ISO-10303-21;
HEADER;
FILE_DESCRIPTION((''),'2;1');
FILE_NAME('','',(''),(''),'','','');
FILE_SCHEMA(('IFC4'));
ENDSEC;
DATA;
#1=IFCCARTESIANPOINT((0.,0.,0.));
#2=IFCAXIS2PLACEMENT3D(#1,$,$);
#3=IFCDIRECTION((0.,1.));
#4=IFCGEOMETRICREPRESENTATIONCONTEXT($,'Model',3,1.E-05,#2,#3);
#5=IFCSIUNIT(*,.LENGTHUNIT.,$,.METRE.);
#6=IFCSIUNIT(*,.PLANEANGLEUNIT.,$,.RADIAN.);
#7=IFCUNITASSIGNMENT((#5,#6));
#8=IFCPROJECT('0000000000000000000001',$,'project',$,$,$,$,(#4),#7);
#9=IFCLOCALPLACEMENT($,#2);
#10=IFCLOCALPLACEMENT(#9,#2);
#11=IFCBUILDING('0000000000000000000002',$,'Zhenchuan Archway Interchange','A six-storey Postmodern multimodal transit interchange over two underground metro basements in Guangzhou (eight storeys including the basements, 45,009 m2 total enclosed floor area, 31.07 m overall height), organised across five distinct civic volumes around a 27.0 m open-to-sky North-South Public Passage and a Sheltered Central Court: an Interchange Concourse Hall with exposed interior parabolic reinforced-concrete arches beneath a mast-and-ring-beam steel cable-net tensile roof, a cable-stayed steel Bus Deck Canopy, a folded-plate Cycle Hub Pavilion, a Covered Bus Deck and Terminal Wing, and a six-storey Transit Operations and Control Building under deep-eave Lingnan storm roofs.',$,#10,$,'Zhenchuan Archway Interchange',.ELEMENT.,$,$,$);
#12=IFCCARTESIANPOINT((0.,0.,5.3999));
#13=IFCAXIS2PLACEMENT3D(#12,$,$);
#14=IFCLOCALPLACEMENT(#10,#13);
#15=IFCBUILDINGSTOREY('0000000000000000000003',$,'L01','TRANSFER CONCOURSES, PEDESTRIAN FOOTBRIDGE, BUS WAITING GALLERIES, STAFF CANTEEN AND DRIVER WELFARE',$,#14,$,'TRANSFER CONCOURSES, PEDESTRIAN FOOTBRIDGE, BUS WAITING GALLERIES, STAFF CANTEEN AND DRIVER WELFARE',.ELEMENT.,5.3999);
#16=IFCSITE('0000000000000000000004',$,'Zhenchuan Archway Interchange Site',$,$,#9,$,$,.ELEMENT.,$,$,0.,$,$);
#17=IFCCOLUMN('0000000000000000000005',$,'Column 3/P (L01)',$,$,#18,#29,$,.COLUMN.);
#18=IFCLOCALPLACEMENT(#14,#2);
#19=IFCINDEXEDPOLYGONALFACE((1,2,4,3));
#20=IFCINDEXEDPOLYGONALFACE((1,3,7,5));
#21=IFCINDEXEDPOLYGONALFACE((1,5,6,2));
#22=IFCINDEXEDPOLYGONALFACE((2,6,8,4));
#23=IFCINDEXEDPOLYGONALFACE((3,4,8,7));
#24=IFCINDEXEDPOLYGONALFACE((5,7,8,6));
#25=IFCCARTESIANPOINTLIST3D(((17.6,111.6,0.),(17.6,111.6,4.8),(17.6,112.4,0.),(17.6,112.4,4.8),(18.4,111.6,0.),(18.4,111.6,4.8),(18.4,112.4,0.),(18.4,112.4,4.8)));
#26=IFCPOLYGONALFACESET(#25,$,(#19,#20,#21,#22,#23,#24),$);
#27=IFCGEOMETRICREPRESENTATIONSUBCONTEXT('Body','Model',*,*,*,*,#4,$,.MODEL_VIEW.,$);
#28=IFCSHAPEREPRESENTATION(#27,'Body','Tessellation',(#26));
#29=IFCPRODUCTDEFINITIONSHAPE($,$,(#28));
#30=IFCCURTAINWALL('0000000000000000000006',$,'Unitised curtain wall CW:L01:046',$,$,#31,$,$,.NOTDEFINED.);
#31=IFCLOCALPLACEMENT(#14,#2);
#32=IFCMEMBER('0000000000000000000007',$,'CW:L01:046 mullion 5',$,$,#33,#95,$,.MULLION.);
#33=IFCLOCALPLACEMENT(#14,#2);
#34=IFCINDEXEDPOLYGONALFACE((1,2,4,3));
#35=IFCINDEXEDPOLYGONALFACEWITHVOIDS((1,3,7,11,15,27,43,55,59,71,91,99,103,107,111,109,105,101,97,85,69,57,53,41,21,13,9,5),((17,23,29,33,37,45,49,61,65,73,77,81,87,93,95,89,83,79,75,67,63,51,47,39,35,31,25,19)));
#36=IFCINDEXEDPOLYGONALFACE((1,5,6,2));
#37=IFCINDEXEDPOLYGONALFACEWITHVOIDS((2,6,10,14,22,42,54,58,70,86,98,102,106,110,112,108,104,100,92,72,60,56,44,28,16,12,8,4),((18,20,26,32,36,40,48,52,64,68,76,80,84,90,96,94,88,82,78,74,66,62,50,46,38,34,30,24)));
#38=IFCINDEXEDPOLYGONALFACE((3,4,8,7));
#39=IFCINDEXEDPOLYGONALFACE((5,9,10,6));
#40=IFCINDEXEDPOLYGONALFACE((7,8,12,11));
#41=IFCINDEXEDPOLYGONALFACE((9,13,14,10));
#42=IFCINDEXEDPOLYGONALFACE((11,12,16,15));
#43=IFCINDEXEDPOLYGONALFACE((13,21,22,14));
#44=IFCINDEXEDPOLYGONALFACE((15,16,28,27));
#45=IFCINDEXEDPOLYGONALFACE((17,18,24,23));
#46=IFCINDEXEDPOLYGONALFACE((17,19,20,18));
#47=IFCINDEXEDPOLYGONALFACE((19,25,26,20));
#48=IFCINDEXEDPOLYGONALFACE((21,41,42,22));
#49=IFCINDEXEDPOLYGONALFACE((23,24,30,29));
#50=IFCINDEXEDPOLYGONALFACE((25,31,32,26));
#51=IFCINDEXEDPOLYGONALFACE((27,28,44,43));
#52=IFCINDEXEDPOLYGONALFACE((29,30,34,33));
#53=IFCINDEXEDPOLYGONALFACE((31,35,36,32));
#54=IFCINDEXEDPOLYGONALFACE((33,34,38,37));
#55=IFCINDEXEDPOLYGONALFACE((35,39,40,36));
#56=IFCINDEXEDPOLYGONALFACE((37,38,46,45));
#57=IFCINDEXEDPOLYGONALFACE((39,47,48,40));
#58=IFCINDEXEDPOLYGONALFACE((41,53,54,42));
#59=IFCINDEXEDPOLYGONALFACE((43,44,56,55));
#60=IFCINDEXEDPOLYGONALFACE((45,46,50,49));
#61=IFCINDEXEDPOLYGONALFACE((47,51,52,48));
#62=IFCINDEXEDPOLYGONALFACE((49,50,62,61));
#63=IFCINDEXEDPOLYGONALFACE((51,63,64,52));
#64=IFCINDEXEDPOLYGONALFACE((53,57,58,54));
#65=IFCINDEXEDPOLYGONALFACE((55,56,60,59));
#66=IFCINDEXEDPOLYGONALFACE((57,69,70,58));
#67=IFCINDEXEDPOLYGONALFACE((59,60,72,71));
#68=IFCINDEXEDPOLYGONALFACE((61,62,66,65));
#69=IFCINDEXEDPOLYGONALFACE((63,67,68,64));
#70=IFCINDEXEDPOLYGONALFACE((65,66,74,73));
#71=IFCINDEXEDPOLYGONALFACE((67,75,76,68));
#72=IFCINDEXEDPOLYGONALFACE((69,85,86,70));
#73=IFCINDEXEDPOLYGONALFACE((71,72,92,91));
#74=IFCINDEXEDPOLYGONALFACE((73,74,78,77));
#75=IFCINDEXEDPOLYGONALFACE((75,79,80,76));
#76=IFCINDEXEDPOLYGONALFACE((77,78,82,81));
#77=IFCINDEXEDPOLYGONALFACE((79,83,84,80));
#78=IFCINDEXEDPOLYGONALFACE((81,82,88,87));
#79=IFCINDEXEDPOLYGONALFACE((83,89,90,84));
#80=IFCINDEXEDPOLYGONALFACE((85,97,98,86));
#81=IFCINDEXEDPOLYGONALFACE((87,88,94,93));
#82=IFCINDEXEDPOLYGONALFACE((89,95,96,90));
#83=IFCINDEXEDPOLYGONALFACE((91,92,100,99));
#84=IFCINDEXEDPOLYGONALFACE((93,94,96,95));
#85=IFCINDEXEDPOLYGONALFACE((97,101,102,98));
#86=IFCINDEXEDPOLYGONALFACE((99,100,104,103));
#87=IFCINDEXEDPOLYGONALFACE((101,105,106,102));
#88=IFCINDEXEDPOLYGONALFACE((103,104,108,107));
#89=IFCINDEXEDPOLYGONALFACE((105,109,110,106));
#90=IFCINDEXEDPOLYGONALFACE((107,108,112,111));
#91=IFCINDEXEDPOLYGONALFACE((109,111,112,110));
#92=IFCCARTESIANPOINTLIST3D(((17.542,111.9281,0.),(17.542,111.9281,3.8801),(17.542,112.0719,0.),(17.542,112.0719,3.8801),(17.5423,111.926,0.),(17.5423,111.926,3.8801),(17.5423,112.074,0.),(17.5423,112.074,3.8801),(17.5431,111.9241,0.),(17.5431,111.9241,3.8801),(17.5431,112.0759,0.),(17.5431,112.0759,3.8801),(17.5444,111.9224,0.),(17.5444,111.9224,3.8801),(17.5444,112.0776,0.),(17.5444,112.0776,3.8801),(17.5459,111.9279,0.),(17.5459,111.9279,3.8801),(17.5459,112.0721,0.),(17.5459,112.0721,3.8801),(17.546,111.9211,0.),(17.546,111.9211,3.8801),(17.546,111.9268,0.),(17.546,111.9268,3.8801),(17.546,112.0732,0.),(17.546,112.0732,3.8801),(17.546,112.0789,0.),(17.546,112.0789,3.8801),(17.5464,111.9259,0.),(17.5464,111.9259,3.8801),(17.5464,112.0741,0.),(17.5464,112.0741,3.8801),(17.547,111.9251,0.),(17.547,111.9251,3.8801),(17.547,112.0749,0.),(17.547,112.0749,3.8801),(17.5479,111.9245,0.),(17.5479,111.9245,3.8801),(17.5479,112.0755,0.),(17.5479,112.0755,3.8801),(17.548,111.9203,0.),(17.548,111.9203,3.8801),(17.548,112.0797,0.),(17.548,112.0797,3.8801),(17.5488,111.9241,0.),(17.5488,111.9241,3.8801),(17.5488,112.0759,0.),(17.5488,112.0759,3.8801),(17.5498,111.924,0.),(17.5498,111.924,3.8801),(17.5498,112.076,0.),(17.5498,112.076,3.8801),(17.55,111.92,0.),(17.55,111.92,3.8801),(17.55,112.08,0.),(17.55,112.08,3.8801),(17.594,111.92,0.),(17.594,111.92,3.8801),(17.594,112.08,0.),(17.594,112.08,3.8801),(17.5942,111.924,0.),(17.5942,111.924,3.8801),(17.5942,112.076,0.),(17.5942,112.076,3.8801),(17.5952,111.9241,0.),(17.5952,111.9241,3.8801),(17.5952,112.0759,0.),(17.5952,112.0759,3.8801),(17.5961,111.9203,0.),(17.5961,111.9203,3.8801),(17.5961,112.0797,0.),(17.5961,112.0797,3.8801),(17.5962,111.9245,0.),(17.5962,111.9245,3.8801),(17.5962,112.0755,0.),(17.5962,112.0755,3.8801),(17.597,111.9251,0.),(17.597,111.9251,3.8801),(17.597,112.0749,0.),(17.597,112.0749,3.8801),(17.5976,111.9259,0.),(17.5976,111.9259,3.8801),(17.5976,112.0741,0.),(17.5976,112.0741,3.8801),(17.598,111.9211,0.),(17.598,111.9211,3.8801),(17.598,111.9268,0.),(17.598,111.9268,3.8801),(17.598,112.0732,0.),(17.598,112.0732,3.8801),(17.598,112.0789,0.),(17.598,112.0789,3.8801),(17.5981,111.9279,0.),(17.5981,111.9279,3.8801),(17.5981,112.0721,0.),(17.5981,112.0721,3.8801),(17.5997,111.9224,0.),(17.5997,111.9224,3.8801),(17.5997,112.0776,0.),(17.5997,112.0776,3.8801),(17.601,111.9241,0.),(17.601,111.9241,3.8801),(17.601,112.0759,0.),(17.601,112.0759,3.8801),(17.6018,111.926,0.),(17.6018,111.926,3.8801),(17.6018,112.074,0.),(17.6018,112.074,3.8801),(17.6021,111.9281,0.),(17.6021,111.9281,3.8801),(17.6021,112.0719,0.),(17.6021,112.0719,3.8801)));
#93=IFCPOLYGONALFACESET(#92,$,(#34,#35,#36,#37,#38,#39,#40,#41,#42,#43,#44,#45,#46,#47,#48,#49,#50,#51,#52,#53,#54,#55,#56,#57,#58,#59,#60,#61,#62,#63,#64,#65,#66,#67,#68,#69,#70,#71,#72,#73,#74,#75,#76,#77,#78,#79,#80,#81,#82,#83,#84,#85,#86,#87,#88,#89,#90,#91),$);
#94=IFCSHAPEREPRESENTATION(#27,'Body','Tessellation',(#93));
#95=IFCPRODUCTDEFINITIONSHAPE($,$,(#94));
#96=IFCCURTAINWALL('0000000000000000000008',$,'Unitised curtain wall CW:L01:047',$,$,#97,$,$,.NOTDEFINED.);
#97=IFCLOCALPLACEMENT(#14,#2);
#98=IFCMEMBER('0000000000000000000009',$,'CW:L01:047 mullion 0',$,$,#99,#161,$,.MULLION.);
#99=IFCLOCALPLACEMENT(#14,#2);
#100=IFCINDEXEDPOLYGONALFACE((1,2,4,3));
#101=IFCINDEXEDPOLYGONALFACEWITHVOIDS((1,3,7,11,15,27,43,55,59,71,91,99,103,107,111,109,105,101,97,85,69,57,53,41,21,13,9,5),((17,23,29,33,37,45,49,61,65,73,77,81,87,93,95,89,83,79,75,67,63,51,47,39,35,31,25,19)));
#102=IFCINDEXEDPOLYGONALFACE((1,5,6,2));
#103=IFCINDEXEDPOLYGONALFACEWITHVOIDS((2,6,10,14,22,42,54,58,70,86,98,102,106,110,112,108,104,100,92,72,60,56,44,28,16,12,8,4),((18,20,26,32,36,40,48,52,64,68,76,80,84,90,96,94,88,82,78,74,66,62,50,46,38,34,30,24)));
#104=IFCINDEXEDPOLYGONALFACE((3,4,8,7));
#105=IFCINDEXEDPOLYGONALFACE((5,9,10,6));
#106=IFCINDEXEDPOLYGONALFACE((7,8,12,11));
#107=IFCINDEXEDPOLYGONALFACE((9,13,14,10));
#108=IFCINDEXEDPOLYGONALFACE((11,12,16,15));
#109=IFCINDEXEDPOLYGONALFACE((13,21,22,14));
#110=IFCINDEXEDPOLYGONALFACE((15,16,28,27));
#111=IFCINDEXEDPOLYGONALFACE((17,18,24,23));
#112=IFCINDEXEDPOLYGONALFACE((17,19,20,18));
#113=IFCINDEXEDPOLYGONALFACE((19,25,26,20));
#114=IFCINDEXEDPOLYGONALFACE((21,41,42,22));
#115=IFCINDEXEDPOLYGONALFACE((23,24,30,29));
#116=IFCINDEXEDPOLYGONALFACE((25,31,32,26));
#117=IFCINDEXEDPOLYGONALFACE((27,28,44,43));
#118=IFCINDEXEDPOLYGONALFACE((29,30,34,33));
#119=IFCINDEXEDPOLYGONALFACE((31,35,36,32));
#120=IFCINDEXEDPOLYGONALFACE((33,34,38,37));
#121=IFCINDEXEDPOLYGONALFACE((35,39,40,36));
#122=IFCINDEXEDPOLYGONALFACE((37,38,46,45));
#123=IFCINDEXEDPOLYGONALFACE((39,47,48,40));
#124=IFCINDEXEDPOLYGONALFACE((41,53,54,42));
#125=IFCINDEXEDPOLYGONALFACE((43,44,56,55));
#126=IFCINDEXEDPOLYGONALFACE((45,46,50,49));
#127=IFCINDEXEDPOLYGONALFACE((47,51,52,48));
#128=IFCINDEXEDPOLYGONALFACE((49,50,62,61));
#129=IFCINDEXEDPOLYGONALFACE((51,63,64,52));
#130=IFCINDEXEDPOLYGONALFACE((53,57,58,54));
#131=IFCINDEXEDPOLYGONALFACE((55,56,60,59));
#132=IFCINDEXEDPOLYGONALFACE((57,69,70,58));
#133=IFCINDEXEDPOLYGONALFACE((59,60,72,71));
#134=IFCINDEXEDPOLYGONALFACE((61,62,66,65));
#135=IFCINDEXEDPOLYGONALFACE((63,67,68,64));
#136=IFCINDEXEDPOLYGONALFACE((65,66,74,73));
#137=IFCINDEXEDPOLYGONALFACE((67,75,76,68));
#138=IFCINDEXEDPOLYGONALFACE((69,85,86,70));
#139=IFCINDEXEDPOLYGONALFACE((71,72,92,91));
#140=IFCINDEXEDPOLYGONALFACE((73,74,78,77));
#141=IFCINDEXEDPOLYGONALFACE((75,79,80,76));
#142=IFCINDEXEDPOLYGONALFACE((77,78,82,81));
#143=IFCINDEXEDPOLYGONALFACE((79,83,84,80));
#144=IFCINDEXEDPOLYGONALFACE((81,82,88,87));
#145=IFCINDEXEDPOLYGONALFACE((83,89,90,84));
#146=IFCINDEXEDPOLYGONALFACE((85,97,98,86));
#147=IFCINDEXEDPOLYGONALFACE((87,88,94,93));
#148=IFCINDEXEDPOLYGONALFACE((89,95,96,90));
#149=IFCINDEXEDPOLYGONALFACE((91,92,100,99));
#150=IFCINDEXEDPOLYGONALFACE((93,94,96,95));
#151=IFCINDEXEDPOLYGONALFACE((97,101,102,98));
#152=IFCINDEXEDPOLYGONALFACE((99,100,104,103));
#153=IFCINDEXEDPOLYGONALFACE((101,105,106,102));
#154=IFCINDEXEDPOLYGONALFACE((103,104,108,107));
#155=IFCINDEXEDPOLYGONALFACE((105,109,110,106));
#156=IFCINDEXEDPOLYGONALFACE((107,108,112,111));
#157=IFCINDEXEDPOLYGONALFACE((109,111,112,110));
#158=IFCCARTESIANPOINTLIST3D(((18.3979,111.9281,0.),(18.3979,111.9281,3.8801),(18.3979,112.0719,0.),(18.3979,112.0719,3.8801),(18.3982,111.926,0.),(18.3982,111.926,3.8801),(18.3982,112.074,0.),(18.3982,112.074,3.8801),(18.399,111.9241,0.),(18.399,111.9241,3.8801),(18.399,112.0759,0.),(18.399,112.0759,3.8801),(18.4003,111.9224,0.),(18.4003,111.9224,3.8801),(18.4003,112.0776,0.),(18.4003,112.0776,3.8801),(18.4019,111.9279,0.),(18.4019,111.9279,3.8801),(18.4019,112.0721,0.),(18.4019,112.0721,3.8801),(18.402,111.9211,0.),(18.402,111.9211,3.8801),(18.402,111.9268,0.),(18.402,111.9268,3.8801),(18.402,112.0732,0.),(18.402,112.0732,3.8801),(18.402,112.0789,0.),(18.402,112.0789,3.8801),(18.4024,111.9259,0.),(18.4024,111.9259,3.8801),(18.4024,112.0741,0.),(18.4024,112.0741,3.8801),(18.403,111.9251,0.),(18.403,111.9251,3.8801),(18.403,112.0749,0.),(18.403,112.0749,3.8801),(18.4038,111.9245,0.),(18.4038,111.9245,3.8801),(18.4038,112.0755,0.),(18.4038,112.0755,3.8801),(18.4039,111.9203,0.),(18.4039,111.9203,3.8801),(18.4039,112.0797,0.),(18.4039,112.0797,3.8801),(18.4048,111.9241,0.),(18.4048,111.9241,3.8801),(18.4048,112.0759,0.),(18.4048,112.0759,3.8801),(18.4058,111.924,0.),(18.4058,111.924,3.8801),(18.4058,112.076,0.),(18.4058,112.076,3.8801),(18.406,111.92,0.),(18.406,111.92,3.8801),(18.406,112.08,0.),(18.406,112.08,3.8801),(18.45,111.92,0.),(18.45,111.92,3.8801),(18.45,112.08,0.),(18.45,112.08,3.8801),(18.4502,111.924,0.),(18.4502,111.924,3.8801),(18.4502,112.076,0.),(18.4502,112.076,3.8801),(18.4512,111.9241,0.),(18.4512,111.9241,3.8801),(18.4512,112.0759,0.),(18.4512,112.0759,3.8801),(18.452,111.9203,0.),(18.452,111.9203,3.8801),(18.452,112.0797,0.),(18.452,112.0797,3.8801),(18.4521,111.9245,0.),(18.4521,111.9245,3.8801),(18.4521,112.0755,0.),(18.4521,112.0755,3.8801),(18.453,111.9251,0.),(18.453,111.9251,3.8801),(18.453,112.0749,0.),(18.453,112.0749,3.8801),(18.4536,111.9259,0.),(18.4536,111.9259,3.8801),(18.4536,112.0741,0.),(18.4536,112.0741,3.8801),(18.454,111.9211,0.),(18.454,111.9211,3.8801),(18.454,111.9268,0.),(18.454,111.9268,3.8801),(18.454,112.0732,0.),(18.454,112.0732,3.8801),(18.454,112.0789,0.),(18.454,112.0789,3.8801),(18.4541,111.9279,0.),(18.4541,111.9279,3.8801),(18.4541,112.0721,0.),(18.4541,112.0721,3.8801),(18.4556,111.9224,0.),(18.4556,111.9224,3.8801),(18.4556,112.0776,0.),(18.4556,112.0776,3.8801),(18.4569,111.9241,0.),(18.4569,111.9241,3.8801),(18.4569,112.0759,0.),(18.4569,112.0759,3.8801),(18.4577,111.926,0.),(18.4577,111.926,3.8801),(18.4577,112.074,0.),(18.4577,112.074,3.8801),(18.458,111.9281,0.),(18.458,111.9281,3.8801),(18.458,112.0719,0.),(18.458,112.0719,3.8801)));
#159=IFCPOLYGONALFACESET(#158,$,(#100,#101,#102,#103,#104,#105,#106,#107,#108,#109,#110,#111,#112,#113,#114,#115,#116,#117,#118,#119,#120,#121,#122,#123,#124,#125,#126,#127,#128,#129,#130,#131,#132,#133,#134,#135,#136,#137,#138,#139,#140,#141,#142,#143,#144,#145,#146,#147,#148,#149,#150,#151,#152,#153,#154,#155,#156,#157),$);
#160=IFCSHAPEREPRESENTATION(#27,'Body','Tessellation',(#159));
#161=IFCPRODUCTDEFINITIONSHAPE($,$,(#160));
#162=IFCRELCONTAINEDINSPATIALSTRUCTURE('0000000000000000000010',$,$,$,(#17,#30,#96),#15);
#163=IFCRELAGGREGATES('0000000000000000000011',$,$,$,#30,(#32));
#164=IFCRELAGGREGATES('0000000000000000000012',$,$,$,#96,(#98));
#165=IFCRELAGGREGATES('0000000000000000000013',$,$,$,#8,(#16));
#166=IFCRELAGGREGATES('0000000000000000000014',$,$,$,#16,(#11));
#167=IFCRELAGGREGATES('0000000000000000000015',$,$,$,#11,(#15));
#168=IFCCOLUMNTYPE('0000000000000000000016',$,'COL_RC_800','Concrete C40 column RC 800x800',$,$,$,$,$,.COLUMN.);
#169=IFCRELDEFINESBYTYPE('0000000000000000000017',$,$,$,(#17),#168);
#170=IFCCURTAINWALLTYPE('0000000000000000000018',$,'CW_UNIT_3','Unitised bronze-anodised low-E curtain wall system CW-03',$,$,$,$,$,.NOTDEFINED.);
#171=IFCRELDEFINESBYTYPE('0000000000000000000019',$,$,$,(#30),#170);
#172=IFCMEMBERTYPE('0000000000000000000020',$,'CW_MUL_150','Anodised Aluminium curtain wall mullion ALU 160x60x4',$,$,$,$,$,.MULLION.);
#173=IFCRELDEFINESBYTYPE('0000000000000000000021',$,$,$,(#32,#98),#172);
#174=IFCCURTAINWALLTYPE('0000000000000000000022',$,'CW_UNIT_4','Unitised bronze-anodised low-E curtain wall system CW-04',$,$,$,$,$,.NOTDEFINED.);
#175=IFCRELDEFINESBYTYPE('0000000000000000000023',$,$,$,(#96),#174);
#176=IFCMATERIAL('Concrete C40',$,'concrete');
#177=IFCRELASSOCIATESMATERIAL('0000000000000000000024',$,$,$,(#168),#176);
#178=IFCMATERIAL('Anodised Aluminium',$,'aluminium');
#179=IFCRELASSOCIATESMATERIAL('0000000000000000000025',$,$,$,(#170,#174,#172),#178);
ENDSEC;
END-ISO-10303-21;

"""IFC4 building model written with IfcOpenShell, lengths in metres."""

from ifc_helpers import new_model, si_unit, direction, frame, origin, origin_2d, place, context, subcontext, project, spatial, rectangle, hollow_rectangle, extrude, material, material_profile, profile_set, type_object, element, aggregate, save


model = new_model("IFC4")

# Units and contexts
model_context = context("Model", 3, precision=1e-05, world=origin(), true_north=direction((0.0, 1.0)))
body_context = subcontext(model_context, "Body", "Model", "MODEL_VIEW")
ifc_project = project(units=[si_unit("LENGTHUNIT", "METRE"), si_unit("PLANEANGLEUNIT", "RADIAN")], contexts=[model_context])

# Site, building, storey
site_placement = place(None, origin())
site = spatial("IfcSite", under=ifc_project, at=site_placement, Name="Zhenchuan Archway Interchange Site", CompositionType="ELEMENT", RefElevation=0.0)
building_placement = place(site_placement, origin())
building = spatial("IfcBuilding", under=site, at=building_placement, Name="Zhenchuan Archway Interchange", Description="A six-storey Postmodern multimodal transit interchange over two underground metro basements in Guangzhou (eight storeys including the basements, 45,009 m2 total enclosed floor area, 31.07 m overall height), organised across five distinct civic volumes around a 27.0 m open-to-sky North-South Public Passage and a Sheltered Central Court: an Interchange Concourse Hall with exposed interior parabolic reinforced-concrete arches beneath a mast-and-ring-beam steel cable-net tensile roof, a cable-stayed steel Bus Deck Canopy, a folded-plate Cycle Hub Pavilion, a Covered Bus Deck and Terminal Wing, and a six-storey Transit Operations and Control Building under deep-eave Lingnan storm roofs.", LongName="Zhenchuan Archway Interchange", CompositionType="ELEMENT")
storey_placement = place(building_placement, frame((0.0, 0.0, 5.3999)))
storey = spatial("IfcBuildingStorey", under=building, at=storey_placement, Name="L01", Description="TRANSFER CONCOURSES, PEDESTRIAN FOOTBRIDGE, BUS WAITING GALLERIES, STAFF CANTEEN AND DRIVER WELFARE", LongName="TRANSFER CONCOURSES, PEDESTRIAN FOOTBRIDGE, BUS WAITING GALLERIES, STAFF CANTEEN AND DRIVER WELFARE", CompositionType="ELEMENT", Elevation=5.3999)

# Column
ifc_material_1 = material(Name="Concrete C40", Category="concrete")
ifc_material_profile_1 = material_profile(ifc_material_1, rectangle(XDim=0.8, YDim=0.8, at=origin_2d()), Name="RC 800x800")
ifc_profile_set_1 = profile_set([ifc_material_profile_1], Name="Concrete C40")
column_type = type_object("IfcColumnType", Name="COL_RC_800", Description="Concrete C40 column RC 800x800", PredefinedType="COLUMN", material=ifc_profile_set_1)
column_placement = place(storey_placement, frame((18.0, 112.0, 0.0), z_axis=(0.0, 0.0, 1.0), x_axis=(1.0, 0.0, 0.0)))
element("IfcColumn", 1, at=column_placement, inside=storey, type_object=column_type, Name="Column 3/P (L01)", PredefinedType="COLUMN", context=body_context, shape_type="SweptSolid", body=[
    extrude(rectangle(XDim=0.8, YDim=0.8, at=origin_2d()), origin(), (0.0, 0.0, 1.0), 4.8),
])

# Curtain wall, member
ifc_material_2 = material(Name="Anodised Aluminium", Category="aluminium")
curtain_wall_type_1 = type_object("IfcCurtainWallType", Name="CW_UNIT_3", Description="Unitised bronze-anodised low-E curtain wall system CW-03", PredefinedType="NOTDEFINED", material=ifc_material_2)
curtain_wall_1_placement = place(storey_placement, origin())
curtain_wall_1 = element("IfcCurtainWall", 2, at=curtain_wall_1_placement, inside=storey, type_object=curtain_wall_type_1, Name="Unitised curtain wall CW:L01:046", PredefinedType="NOTDEFINED")
ifc_material_profile_2 = material_profile(ifc_material_2, hollow_rectangle(XDim=0.0601, YDim=0.1599, WallThickness=0.0039, InnerFilletRadius=0.0039, OuterFilletRadius=0.0081, at=origin_2d()), Name="ALU 160x60x4")
ifc_profile_set_2 = profile_set([ifc_material_profile_2], Name="Anodised Aluminium")
member_type_1 = type_object("IfcMemberType", Name="CW_MUL_150", Description="Anodised Aluminium curtain wall mullion ALU 160x60x4", PredefinedType="MULLION", material=ifc_profile_set_2)
member_1_placement = place(storey_placement, frame((17.572, 112.0, 0.0), z_axis=(0.0, 0.0, 1.0), x_axis=(1.0, 0.0, 0.0)))
member_1 = element("IfcMember", 3, at=member_1_placement, type_object=member_type_1, Name="CW:L01:046 mullion 5", PredefinedType="MULLION", context=body_context, shape_type="SweptSolid", body=[
    extrude(hollow_rectangle(XDim=0.0601, YDim=0.1599, WallThickness=0.0039, InnerFilletRadius=0.0039, OuterFilletRadius=0.0081, at=origin_2d()), origin(), (0.0, 0.0, 1.0), 3.8801),
])

# Curtain wall, member
curtain_wall_type_2 = type_object("IfcCurtainWallType", Name="CW_UNIT_4", Description="Unitised bronze-anodised low-E curtain wall system CW-04", PredefinedType="NOTDEFINED", material=ifc_material_2)
curtain_wall_2_placement = place(storey_placement, origin())
curtain_wall_2 = element("IfcCurtainWall", 4, at=curtain_wall_2_placement, inside=storey, type_object=curtain_wall_type_2, Name="Unitised curtain wall CW:L01:047", PredefinedType="NOTDEFINED")
member_2_placement = place(storey_placement, frame((18.428, 112.0, 0.0), z_axis=(0.0, 0.0, 1.0), x_axis=(1.0, 0.0, 0.0)))
member_2 = element("IfcMember", 5, at=member_2_placement, type_object=member_type_1, Name="CW:L01:047 mullion 0", PredefinedType="MULLION", context=body_context, shape_type="SweptSolid", body=[
    extrude(hollow_rectangle(XDim=0.0601, YDim=0.1599, WallThickness=0.0039, InnerFilletRadius=0.0039, OuterFilletRadius=0.0081, at=origin_2d()), origin(), (0.0, 0.0, 1.0), 3.8801),
])

aggregate(curtain_wall_1, [member_1])
aggregate(curtain_wall_2, [member_2])

save(model, "model.ifc")
